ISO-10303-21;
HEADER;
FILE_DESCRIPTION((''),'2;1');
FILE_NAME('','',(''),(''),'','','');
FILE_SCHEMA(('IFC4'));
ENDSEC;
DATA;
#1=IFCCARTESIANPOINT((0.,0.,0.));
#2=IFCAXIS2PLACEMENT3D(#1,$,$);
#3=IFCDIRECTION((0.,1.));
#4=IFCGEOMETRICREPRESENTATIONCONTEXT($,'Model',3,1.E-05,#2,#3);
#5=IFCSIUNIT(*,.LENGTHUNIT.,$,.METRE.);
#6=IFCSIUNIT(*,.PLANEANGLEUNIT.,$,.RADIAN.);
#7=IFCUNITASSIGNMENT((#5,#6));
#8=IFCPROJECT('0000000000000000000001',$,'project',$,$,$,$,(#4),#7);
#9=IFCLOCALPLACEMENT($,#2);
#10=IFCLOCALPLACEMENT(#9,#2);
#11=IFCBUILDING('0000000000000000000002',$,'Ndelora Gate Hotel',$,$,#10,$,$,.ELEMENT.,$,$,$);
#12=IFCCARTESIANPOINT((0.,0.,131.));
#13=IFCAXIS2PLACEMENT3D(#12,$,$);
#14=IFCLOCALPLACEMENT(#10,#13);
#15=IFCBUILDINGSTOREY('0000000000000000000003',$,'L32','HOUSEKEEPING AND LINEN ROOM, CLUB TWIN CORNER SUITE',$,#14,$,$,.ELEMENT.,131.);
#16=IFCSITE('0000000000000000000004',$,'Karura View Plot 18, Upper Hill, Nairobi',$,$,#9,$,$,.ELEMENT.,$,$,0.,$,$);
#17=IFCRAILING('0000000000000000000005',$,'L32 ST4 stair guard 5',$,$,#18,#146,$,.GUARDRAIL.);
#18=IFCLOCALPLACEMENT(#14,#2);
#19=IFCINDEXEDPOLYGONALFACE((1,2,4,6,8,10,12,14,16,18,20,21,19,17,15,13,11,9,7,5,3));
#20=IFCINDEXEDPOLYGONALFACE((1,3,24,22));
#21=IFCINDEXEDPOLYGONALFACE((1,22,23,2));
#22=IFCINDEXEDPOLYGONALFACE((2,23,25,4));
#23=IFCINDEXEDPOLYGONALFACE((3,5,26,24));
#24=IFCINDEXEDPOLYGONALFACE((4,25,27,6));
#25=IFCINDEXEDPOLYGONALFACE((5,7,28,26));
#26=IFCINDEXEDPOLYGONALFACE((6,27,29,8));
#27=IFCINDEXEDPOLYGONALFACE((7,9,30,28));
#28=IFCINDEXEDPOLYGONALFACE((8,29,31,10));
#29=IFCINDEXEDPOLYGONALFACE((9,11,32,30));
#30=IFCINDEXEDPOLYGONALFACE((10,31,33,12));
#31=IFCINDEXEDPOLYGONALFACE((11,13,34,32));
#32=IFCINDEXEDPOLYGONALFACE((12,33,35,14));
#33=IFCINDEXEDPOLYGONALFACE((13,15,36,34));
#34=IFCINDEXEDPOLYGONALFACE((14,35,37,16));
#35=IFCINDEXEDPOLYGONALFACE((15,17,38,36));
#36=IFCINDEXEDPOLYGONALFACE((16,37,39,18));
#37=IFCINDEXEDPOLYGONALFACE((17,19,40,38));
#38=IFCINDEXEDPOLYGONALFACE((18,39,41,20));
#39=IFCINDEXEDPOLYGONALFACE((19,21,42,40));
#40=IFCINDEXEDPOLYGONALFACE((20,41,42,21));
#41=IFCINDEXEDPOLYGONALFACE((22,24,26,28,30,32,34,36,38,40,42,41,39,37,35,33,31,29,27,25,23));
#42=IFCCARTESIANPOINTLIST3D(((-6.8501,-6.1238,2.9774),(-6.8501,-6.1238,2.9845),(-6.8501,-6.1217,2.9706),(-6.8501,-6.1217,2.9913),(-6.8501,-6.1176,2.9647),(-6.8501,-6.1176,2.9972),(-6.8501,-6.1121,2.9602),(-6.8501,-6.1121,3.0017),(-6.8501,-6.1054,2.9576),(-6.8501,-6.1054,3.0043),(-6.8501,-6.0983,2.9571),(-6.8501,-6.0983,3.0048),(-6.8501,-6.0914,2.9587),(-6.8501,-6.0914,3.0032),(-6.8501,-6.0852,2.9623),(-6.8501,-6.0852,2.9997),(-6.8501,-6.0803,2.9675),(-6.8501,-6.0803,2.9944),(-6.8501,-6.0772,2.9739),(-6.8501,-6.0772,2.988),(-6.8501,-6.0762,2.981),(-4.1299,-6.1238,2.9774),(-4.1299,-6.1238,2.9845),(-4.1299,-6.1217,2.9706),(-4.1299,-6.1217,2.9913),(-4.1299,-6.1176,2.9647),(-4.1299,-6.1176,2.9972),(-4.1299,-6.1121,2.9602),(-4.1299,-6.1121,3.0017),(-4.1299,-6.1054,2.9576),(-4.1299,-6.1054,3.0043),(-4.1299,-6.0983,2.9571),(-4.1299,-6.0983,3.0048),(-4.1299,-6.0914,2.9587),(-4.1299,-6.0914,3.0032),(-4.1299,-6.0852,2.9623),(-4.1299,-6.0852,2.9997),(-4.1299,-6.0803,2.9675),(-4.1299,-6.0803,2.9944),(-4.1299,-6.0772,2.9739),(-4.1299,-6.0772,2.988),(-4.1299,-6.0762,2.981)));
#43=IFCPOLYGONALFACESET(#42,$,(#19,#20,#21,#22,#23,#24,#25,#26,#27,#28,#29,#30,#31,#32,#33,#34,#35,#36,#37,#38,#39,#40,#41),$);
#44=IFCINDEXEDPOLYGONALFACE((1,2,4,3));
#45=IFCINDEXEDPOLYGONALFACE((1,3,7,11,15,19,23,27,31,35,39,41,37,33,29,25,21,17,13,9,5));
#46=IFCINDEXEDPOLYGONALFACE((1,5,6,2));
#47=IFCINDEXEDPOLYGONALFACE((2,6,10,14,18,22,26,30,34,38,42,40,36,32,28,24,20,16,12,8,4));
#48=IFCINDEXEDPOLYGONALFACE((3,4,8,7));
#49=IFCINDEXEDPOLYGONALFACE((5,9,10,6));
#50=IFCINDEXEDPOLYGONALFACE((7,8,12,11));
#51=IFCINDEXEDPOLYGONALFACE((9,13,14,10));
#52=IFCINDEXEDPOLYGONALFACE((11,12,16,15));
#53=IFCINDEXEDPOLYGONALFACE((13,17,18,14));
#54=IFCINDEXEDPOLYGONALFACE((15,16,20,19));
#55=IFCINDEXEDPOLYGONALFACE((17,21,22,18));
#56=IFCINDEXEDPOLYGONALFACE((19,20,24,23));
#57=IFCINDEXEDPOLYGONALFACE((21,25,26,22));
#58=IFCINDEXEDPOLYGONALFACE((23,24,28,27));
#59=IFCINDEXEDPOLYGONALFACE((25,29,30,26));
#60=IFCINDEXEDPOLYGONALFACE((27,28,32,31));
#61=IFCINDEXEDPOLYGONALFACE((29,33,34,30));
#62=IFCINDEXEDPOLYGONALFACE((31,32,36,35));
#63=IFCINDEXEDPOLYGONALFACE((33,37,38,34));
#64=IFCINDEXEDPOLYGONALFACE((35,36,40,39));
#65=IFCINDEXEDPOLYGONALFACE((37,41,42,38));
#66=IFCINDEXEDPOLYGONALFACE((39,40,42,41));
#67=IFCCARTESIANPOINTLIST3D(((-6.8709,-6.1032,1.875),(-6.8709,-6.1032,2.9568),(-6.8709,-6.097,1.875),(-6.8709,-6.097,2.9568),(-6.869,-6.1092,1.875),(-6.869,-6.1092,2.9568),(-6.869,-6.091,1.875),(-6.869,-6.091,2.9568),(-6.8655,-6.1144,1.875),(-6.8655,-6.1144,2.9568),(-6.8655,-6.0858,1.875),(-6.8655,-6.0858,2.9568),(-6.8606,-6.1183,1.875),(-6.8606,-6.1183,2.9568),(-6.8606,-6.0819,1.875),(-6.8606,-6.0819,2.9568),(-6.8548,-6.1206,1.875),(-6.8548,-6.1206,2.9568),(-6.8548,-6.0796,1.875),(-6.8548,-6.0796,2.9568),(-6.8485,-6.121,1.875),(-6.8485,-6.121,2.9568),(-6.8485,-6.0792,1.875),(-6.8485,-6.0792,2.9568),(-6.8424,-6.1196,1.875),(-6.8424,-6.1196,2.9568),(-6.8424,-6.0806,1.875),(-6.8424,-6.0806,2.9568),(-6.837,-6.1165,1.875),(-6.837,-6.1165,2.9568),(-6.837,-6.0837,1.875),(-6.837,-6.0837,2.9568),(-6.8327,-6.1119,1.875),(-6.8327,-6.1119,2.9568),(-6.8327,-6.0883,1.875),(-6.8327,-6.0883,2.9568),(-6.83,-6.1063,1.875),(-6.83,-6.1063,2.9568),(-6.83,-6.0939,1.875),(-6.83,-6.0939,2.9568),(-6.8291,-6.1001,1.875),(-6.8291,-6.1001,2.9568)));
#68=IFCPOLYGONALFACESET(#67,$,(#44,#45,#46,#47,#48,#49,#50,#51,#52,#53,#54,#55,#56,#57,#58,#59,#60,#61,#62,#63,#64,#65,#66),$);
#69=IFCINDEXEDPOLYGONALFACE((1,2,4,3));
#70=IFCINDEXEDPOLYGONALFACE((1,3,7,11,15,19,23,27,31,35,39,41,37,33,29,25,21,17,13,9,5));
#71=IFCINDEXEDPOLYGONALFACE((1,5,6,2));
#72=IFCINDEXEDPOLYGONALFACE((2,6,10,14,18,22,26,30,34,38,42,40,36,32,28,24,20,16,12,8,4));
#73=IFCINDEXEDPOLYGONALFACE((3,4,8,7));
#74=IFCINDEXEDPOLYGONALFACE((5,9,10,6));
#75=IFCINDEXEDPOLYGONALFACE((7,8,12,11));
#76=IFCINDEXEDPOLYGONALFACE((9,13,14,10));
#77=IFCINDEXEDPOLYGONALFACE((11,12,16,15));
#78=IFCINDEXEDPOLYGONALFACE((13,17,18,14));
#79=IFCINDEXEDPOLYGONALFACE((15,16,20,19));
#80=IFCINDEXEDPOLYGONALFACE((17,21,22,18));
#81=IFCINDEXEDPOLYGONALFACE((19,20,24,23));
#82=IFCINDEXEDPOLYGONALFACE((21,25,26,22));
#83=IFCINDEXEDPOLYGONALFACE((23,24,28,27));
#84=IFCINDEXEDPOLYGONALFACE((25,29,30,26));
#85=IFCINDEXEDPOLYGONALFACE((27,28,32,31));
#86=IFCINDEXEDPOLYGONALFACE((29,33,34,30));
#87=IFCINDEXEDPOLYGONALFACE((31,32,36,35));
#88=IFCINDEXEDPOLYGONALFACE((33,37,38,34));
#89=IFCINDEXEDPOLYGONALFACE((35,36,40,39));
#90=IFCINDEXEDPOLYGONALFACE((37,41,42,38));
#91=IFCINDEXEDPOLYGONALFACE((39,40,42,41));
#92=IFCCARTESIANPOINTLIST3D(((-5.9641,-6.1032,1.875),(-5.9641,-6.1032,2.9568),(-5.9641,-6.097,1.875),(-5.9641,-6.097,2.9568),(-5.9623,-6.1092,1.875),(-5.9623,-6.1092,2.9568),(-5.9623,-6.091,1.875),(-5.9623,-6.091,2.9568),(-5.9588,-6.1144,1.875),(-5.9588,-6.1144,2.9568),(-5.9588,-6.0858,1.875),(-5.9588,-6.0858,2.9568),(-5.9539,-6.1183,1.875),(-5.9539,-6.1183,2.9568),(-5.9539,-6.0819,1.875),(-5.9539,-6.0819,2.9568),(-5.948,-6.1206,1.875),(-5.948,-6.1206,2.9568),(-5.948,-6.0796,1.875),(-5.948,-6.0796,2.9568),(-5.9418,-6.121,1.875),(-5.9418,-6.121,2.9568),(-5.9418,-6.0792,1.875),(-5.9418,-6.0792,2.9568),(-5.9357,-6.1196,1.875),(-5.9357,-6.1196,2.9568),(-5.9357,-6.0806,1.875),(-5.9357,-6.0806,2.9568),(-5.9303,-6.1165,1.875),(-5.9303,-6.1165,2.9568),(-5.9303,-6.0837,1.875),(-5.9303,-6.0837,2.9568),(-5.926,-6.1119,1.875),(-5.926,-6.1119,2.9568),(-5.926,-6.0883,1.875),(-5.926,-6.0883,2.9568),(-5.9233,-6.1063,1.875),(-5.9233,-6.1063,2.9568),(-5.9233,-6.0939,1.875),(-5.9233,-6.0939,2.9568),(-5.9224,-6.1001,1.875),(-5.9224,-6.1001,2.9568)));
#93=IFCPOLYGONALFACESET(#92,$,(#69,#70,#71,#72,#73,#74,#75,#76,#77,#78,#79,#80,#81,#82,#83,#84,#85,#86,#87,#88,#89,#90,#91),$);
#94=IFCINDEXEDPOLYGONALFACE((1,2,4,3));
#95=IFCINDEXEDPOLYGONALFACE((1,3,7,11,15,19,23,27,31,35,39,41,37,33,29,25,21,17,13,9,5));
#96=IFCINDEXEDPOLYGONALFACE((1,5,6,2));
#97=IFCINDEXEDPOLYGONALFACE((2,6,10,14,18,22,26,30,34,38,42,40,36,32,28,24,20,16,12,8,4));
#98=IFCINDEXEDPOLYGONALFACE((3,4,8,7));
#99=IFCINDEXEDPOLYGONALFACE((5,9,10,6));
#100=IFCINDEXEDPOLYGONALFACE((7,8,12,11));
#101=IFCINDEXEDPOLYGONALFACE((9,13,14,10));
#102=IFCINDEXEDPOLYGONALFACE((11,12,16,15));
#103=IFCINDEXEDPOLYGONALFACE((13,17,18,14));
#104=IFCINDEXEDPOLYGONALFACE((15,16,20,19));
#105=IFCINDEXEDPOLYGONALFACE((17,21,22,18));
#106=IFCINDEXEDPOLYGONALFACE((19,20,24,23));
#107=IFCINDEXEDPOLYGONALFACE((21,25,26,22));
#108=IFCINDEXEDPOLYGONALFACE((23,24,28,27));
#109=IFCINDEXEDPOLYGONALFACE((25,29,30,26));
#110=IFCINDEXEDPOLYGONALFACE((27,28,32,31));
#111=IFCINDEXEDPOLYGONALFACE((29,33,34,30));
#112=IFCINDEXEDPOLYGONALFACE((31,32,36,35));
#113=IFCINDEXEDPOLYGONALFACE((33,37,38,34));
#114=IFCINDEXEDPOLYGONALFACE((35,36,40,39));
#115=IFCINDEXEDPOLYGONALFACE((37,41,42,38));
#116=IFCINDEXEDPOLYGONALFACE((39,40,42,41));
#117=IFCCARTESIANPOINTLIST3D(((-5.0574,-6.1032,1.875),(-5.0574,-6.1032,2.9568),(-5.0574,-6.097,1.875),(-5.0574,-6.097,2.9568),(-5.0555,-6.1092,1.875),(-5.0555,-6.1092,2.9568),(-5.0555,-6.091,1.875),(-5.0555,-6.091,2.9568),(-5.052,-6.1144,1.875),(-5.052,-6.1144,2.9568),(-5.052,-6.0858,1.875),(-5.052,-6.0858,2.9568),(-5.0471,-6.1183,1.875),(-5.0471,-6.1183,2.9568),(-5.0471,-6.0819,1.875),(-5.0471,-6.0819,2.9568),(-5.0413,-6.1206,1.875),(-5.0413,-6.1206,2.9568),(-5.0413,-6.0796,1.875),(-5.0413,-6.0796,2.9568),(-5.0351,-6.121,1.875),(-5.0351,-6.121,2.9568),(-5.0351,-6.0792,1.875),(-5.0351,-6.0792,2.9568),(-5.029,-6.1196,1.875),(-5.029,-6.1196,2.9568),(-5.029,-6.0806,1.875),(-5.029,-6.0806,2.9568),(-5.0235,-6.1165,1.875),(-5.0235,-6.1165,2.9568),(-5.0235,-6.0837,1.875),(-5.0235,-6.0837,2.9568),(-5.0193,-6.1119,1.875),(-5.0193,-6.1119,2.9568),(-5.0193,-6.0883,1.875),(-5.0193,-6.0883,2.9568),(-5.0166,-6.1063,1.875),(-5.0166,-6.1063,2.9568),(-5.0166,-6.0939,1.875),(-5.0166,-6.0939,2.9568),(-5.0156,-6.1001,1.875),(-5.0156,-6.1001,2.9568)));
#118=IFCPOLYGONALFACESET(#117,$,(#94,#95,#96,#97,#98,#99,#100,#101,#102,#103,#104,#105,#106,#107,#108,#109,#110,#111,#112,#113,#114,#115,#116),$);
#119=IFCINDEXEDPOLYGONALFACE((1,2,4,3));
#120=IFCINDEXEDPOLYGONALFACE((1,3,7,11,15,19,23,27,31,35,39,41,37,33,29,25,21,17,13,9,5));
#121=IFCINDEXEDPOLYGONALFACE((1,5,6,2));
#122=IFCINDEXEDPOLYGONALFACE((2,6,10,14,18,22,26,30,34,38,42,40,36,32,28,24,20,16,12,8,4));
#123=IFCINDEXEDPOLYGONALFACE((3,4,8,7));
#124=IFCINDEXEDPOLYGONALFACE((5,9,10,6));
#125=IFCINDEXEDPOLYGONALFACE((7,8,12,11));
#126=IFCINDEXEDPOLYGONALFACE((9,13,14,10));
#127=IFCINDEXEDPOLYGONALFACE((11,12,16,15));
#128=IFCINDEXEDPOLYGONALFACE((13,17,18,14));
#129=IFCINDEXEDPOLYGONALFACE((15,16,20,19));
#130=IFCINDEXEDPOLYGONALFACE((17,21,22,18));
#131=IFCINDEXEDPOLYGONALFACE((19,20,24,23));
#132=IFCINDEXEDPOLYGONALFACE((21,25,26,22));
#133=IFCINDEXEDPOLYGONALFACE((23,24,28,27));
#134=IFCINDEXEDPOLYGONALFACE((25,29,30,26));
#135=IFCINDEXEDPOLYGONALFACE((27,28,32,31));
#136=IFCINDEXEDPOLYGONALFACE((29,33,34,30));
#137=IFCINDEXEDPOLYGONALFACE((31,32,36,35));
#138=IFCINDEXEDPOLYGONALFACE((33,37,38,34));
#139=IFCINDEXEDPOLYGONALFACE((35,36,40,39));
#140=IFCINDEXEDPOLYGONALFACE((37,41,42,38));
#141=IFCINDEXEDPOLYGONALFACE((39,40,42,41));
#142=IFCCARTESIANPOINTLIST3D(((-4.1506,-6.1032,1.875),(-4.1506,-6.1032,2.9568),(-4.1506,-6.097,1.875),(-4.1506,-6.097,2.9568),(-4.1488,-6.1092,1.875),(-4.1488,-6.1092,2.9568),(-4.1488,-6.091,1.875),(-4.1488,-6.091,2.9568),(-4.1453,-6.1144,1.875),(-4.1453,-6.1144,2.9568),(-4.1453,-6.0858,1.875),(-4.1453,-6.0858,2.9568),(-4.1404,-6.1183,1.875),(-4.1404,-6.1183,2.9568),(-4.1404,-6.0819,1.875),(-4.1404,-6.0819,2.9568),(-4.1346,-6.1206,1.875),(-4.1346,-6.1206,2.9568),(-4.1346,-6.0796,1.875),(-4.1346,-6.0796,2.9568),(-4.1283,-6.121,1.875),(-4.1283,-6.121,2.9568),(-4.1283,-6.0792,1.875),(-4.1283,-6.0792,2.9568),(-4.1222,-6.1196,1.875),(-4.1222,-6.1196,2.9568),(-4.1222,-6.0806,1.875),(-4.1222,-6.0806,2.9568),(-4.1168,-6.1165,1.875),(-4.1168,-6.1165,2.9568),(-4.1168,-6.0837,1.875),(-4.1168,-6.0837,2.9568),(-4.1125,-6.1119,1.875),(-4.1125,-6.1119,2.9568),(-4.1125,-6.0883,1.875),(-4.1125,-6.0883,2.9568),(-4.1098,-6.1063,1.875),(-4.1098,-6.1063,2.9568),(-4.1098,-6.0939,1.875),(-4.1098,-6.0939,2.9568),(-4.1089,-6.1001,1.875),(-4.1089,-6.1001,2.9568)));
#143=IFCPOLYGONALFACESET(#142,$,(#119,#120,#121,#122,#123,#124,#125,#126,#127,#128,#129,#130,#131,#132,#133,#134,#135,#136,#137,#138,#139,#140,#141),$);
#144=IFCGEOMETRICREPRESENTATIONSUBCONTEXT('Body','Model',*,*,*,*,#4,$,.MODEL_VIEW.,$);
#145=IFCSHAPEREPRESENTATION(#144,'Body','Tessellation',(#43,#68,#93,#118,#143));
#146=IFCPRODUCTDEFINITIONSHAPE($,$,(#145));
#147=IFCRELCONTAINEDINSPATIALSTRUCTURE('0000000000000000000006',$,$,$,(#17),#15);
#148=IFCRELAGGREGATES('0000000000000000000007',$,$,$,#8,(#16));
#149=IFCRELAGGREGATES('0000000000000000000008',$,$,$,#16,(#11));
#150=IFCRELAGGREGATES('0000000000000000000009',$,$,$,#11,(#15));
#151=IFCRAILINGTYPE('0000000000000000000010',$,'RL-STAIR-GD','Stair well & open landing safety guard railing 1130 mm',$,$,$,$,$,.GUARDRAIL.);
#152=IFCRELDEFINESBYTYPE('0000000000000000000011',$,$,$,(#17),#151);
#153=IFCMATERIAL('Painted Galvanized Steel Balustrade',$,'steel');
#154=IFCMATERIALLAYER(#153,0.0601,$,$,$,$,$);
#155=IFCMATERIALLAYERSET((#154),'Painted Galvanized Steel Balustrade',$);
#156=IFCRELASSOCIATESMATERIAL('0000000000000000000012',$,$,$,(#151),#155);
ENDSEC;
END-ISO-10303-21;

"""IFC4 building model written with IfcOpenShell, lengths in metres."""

from ifc_helpers import new_model, si_unit, direction, frame, origin, origin_2d, place, context, subcontext, project, spatial, circle, extrude, material, layer, layer_set, type_object, element, save


model = new_model("IFC4")

# Units and contexts
model_context = context("Model", 3, precision=1e-05, world=origin(), true_north=direction((0.0, 1.0)))
body_context = subcontext(model_context, "Body", "Model", "MODEL_VIEW")
ifc_project = project(units=[si_unit("LENGTHUNIT", "METRE"), si_unit("PLANEANGLEUNIT", "RADIAN")], contexts=[model_context])

# Site, building, storey
site_placement = place(None, origin())
site = spatial("IfcSite", under=ifc_project, at=site_placement, Name="Karura View Plot 18, Upper Hill, Nairobi", CompositionType="ELEMENT", RefElevation=0.0)
building_placement = place(site_placement, origin())
building = spatial("IfcBuilding", under=site, at=building_placement, Name="Ndelora Gate Hotel", CompositionType="ELEMENT")
storey_placement = place(building_placement, frame((0.0, 0.0, 131.0)))
storey = spatial("IfcBuildingStorey", under=building, at=storey_placement, Name="L32", Description="HOUSEKEEPING AND LINEN ROOM, CLUB TWIN CORNER SUITE", CompositionType="ELEMENT", Elevation=131.0)

# Railing
ifc_material_1 = material(Name="Painted Galvanized Steel Balustrade", Category="steel")
ifc_layer_1 = layer(ifc_material_1, 0.0601)
ifc_layer_set_1 = layer_set([ifc_layer_1], Name="Painted Galvanized Steel Balustrade")
railing_type = type_object("IfcRailingType", Name="RL-STAIR-GD", Description="Stair well & open landing safety guard railing 1130 mm", PredefinedType="GUARDRAIL", material=ifc_layer_set_1)
railing_1_placement = place(storey_placement, frame((-6.8501, -6.1001, 1.875)))
element("IfcRailing", 1, at=railing_1_placement, inside=storey, type_object=railing_type, Name="L32 ST4 stair guard 5", PredefinedType="GUARDRAIL", context=body_context, shape_type="SweptSolid", body=[
    extrude(circle(Radius=0.0239, at=origin_2d()), frame((0.0, 0.0, 1.106), z_axis=(1.0, 0.0, 0.0), x_axis=(0.0, 1.0, 0.0)), (0.0, 0.0, 1.0), 2.7202),
    extrude(circle(Radius=0.021, at=origin_2d()), origin(), (0.0, 0.0, 1.0), 1.0818),
    extrude(circle(Radius=0.021, at=origin_2d()), frame((0.9067, 0.0, 0.0)), (0.0, 0.0, 1.0), 1.0818),
    extrude(circle(Radius=0.021, at=origin_2d()), frame((1.8135, 0.0, 0.0)), (0.0, 0.0, 1.0), 1.0818),
    extrude(circle(Radius=0.021, at=origin_2d()), frame((2.7202, 0.0, 0.0)), (0.0, 0.0, 1.0), 1.0818),
])

save(model, "model.ifc")
